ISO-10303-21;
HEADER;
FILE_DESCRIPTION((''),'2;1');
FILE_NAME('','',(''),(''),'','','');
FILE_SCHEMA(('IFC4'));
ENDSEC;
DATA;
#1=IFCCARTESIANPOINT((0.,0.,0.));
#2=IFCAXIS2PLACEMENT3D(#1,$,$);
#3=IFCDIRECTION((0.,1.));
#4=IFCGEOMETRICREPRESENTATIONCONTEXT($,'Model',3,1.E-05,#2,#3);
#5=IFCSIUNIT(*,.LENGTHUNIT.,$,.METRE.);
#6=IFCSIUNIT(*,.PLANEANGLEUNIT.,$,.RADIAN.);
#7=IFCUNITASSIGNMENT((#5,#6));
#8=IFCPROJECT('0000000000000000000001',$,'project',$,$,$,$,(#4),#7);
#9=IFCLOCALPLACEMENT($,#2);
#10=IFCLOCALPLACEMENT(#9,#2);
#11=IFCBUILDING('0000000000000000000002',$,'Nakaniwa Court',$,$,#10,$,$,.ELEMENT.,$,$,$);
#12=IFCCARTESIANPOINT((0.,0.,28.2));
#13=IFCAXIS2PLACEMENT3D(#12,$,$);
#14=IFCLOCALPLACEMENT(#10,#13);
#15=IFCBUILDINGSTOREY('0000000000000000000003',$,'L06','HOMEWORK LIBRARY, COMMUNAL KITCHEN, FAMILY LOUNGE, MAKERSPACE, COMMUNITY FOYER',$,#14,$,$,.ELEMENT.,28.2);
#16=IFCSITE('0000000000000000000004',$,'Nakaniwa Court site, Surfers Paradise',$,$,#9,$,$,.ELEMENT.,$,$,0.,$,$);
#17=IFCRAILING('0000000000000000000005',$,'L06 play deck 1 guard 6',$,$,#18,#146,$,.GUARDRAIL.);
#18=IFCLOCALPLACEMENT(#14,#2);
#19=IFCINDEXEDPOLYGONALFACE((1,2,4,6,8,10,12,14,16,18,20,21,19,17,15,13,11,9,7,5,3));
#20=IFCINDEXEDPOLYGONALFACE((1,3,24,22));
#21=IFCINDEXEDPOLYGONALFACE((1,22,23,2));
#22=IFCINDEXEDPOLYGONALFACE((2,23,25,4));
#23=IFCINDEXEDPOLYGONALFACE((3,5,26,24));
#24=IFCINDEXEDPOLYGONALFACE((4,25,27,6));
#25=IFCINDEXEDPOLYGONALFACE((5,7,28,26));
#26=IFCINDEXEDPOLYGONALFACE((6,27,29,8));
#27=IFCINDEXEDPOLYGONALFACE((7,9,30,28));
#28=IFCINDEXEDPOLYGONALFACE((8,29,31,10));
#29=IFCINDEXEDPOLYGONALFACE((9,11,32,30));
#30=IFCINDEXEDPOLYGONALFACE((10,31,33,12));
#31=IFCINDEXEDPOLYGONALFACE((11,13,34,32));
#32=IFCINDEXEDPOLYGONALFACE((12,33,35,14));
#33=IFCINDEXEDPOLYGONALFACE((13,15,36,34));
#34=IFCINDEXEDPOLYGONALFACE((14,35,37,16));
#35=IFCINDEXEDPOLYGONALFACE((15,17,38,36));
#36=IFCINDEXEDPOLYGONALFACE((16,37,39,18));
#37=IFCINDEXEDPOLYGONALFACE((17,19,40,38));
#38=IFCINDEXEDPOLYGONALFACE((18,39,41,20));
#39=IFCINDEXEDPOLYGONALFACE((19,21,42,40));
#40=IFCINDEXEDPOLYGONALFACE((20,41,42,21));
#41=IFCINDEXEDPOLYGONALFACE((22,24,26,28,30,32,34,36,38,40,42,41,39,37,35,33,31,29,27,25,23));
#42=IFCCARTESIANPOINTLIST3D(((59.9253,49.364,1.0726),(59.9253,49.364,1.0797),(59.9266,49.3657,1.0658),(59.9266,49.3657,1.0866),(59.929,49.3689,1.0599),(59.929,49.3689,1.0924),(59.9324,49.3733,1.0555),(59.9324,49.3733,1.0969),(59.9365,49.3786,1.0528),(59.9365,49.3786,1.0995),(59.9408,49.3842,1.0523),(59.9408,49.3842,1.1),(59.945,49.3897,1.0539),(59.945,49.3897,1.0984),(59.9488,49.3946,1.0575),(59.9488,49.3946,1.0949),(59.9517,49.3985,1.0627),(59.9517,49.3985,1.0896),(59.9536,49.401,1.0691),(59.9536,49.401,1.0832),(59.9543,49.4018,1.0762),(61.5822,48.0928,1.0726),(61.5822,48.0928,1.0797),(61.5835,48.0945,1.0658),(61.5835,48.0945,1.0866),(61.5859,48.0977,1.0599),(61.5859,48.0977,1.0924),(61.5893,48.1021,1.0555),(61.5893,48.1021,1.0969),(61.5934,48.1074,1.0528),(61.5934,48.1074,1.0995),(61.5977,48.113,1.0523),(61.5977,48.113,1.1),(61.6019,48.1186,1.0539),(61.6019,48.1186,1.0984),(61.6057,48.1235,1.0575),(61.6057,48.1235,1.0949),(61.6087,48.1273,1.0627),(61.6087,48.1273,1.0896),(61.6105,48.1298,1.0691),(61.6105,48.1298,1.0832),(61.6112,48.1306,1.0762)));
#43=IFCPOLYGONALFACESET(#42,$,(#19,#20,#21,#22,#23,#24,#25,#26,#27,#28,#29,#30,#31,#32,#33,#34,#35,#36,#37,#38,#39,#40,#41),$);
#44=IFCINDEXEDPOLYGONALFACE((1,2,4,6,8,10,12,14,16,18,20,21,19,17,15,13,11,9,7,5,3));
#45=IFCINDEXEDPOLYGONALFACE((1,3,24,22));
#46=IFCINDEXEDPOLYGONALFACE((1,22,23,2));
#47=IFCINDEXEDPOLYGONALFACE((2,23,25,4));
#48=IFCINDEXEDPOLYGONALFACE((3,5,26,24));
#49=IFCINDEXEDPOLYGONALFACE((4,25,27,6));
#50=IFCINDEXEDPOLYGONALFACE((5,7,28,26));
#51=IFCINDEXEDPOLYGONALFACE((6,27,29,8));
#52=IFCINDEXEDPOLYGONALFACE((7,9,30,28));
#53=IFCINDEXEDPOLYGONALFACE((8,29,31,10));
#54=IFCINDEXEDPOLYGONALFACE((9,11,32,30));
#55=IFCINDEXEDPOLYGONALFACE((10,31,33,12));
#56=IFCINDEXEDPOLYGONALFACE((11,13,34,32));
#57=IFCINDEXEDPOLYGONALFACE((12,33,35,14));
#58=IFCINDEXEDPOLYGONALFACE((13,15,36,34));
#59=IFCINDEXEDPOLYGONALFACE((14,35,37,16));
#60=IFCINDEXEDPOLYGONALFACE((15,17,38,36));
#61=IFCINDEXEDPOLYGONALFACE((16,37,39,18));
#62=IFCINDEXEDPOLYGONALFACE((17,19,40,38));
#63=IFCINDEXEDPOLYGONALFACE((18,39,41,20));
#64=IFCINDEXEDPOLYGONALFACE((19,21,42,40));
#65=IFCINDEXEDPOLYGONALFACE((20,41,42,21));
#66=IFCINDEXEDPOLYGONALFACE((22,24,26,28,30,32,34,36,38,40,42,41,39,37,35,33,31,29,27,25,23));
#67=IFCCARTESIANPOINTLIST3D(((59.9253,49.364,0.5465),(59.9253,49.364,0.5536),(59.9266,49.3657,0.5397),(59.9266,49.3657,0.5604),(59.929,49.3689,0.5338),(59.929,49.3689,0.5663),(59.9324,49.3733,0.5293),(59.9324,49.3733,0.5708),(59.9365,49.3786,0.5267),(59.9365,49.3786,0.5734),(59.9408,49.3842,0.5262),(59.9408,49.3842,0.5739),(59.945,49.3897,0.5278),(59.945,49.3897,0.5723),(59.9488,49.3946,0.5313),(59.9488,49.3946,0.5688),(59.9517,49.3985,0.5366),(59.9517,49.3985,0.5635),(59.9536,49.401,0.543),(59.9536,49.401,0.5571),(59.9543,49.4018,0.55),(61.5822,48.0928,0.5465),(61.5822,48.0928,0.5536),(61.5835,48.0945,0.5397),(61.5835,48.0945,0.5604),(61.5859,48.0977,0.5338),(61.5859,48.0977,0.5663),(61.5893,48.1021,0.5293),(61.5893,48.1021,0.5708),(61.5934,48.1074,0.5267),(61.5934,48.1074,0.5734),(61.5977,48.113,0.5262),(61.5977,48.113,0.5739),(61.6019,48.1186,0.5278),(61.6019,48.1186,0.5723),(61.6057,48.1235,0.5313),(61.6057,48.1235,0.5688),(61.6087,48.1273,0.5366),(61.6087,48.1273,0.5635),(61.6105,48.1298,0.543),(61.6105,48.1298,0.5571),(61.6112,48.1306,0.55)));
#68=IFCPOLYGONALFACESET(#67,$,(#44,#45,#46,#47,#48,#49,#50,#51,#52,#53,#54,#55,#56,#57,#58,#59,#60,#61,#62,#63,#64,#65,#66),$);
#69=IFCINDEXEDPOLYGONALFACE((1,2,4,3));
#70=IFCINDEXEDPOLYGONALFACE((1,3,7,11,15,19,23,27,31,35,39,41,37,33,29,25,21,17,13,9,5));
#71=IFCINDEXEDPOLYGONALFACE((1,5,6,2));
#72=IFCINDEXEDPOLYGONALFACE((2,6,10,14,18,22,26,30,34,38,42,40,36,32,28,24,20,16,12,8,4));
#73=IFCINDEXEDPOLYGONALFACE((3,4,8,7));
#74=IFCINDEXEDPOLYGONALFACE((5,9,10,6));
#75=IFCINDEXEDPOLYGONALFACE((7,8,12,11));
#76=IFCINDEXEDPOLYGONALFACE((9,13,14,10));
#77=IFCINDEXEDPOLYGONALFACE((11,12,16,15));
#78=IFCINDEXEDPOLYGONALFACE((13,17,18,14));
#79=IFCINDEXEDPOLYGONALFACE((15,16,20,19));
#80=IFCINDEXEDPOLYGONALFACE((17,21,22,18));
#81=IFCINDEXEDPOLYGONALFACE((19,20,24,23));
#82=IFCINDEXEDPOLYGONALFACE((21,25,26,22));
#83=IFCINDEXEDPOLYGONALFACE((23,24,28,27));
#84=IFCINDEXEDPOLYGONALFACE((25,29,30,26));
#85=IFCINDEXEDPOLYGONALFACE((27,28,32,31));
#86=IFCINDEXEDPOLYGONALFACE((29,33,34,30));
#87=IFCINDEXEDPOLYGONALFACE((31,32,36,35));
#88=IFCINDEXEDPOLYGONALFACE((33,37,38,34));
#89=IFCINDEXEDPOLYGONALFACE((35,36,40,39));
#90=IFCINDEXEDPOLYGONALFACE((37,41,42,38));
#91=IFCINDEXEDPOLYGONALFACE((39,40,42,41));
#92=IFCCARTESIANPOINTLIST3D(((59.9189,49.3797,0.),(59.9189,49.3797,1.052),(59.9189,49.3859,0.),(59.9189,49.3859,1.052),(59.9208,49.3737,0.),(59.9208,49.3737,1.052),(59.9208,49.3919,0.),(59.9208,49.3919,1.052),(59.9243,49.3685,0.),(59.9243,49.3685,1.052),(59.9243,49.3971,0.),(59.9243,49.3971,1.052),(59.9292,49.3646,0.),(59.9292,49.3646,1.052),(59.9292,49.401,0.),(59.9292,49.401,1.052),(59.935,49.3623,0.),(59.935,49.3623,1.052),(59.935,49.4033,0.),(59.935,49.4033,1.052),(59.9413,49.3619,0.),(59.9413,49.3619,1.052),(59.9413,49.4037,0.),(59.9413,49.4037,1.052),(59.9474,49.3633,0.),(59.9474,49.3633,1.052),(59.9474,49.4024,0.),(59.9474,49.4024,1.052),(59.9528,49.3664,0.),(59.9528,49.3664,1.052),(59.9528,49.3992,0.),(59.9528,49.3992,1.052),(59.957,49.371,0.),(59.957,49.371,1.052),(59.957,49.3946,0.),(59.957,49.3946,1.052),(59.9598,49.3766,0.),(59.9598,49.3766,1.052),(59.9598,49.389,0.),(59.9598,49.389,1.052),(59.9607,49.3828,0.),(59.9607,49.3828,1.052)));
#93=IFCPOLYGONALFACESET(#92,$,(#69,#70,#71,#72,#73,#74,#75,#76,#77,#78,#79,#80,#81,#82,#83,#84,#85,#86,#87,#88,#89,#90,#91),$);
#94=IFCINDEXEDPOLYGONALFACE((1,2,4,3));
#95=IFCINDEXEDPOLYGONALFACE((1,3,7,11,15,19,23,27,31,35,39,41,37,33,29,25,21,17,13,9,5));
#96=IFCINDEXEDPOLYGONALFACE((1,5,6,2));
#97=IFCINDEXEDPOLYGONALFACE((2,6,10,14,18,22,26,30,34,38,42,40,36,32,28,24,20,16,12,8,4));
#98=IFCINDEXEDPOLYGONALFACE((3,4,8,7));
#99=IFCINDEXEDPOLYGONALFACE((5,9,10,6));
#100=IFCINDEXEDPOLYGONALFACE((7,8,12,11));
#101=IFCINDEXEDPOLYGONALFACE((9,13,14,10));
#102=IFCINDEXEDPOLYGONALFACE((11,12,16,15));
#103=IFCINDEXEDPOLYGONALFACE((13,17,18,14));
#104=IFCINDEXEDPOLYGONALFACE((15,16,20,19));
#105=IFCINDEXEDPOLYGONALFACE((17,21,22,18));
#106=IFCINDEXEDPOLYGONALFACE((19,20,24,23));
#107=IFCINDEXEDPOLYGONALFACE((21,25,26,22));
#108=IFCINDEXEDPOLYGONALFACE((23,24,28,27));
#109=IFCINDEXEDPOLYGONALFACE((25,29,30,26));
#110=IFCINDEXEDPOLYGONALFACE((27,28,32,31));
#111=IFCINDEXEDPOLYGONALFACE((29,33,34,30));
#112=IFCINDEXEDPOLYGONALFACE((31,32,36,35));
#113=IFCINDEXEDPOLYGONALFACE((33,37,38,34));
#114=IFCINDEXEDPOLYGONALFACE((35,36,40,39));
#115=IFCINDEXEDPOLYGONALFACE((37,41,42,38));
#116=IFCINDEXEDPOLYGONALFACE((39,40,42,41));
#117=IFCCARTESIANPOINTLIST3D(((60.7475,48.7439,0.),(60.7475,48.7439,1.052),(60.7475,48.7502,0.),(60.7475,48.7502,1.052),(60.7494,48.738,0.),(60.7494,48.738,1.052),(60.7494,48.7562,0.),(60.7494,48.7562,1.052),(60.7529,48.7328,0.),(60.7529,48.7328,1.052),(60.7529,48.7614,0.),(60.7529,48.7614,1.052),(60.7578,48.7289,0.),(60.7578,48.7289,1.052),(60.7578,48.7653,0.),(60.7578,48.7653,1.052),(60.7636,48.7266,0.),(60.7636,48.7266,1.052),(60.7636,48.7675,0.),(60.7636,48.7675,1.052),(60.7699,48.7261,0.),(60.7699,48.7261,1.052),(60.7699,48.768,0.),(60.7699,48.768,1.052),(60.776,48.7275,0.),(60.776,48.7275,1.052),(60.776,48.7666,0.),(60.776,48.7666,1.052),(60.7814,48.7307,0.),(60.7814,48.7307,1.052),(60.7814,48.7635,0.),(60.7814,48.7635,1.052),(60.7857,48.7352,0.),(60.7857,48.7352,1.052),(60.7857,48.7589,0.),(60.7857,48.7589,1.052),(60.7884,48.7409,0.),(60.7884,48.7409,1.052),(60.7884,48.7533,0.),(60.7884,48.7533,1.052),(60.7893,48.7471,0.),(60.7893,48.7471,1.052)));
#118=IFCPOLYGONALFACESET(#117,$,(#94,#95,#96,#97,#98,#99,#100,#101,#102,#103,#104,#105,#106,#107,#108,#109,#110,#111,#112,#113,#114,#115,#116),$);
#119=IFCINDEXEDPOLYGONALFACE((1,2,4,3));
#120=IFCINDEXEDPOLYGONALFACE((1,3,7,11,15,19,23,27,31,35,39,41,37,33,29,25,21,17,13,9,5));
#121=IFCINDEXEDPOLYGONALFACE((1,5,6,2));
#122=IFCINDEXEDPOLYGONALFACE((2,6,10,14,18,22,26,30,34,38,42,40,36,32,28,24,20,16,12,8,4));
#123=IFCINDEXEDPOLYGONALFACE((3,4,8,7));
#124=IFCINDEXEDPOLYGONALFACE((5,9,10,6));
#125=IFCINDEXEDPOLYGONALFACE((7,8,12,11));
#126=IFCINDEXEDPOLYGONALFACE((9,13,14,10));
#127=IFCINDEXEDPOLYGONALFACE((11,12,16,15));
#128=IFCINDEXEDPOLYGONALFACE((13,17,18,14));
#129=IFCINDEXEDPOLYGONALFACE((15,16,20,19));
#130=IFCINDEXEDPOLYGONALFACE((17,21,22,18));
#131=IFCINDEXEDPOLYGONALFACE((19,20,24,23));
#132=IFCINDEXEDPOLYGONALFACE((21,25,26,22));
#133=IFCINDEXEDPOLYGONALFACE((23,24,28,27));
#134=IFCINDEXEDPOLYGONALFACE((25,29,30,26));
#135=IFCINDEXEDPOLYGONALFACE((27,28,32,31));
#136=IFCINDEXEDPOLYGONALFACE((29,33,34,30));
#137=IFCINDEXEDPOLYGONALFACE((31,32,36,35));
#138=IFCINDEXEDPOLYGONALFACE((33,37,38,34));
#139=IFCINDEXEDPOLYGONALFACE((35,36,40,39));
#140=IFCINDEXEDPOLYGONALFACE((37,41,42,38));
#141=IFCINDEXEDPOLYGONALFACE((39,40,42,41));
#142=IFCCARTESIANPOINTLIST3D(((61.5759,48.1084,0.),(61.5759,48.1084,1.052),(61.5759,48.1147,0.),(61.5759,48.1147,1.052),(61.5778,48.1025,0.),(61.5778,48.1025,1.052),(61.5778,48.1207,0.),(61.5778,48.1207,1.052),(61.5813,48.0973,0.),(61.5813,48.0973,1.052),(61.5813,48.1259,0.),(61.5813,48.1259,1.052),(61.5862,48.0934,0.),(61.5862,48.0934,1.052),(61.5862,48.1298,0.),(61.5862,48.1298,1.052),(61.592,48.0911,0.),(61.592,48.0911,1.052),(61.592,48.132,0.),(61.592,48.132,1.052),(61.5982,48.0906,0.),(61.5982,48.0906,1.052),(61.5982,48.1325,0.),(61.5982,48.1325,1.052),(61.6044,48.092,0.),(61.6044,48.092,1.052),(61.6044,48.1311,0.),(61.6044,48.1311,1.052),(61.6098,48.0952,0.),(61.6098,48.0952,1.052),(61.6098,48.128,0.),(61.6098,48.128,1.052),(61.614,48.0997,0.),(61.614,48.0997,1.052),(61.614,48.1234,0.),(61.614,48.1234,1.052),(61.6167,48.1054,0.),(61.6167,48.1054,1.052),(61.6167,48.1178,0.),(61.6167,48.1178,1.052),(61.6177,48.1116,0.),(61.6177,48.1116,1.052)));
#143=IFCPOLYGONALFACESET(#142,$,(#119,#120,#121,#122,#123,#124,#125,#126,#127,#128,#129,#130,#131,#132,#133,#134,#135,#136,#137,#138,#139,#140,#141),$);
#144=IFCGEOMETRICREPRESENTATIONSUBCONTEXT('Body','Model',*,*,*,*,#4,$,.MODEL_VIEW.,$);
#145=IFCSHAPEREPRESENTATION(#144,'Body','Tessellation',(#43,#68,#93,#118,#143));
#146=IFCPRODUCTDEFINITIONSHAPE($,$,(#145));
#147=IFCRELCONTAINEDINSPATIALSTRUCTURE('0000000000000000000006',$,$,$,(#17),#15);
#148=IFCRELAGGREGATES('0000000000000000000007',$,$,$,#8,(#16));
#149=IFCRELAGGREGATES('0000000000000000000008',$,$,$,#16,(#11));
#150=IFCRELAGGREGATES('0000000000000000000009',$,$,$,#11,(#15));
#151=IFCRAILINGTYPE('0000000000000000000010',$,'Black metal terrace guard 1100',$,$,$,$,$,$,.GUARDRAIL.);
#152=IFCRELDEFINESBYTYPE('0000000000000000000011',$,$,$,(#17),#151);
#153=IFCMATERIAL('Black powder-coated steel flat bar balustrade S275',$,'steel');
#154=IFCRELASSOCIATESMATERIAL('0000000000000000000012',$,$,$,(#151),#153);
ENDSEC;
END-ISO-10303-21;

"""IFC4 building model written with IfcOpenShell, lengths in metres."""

from ifc_helpers import new_model, si_unit, direction, frame, origin, origin_2d, place, context, subcontext, project, spatial, circle, extrude, material, type_object, element, save


model = new_model("IFC4")

# Units and contexts
model_context = context("Model", 3, precision=1e-05, world=origin(), true_north=direction((0.0, 1.0)))
body_context = subcontext(model_context, "Body", "Model", "MODEL_VIEW")
ifc_project = project(units=[si_unit("LENGTHUNIT", "METRE"), si_unit("PLANEANGLEUNIT", "RADIAN")], contexts=[model_context])

# Site, building, storey
site_placement = place(None, origin())
site = spatial("IfcSite", under=ifc_project, at=site_placement, Name="Nakaniwa Court site, Surfers Paradise", CompositionType="ELEMENT", RefElevation=0.0)
building_placement = place(site_placement, origin())
building = spatial("IfcBuilding", under=site, at=building_placement, Name="Nakaniwa Court", CompositionType="ELEMENT")
storey_placement = place(building_placement, frame((0.0, 0.0, 28.2)))
storey = spatial("IfcBuildingStorey", under=building, at=storey_placement, Name="L06", Description="HOMEWORK LIBRARY, COMMUNAL KITCHEN, FAMILY LOUNGE, MAKERSPACE, COMMUNITY FOYER", CompositionType="ELEMENT", Elevation=28.2)

# Railing
ifc_material_1 = material(Name="Black powder-coated steel flat bar balustrade S275", Category="steel")
railing_type = type_object("IfcRailingType", Name="Black metal terrace guard 1100", PredefinedType="GUARDRAIL", material=ifc_material_1)
railing_1_placement = place(storey_placement, frame((59.9397, 49.3828, 0.0)))
element("IfcRailing", 1, at=railing_1_placement, inside=storey, type_object=railing_type, Name="L06 play deck 1 guard 6", PredefinedType="GUARDRAIL", context=body_context, shape_type="SweptSolid", body=[
    extrude(circle(Radius=0.0239, at=origin_2d()), frame((0.0, 0.0, 1.0762), z_axis=(0.793401, -0.608699, 0.0), x_axis=(0.608699, 0.793401, 0.0)), (0.0, 0.0, 1.0), 2.0884),
    extrude(circle(Radius=0.0239, at=origin_2d()), frame((0.0, 0.0, 0.55), z_axis=(0.793401, -0.608699, 0.0), x_axis=(0.608699, 0.793401, 0.0)), (0.0, 0.0, 1.0), 2.0884),
    extrude(circle(Radius=0.021, at=origin_2d()), origin(), (0.0, 0.0, 1.0), 1.052),
    extrude(circle(Radius=0.021, at=origin_2d()), frame((0.8286, -0.6357, 0.0)), (0.0, 0.0, 1.0), 1.052),
    extrude(circle(Radius=0.021, at=origin_2d()), frame((1.657, -1.2712, 0.0)), (0.0, 0.0, 1.0), 1.052),
])

save(model, "model.ifc")
